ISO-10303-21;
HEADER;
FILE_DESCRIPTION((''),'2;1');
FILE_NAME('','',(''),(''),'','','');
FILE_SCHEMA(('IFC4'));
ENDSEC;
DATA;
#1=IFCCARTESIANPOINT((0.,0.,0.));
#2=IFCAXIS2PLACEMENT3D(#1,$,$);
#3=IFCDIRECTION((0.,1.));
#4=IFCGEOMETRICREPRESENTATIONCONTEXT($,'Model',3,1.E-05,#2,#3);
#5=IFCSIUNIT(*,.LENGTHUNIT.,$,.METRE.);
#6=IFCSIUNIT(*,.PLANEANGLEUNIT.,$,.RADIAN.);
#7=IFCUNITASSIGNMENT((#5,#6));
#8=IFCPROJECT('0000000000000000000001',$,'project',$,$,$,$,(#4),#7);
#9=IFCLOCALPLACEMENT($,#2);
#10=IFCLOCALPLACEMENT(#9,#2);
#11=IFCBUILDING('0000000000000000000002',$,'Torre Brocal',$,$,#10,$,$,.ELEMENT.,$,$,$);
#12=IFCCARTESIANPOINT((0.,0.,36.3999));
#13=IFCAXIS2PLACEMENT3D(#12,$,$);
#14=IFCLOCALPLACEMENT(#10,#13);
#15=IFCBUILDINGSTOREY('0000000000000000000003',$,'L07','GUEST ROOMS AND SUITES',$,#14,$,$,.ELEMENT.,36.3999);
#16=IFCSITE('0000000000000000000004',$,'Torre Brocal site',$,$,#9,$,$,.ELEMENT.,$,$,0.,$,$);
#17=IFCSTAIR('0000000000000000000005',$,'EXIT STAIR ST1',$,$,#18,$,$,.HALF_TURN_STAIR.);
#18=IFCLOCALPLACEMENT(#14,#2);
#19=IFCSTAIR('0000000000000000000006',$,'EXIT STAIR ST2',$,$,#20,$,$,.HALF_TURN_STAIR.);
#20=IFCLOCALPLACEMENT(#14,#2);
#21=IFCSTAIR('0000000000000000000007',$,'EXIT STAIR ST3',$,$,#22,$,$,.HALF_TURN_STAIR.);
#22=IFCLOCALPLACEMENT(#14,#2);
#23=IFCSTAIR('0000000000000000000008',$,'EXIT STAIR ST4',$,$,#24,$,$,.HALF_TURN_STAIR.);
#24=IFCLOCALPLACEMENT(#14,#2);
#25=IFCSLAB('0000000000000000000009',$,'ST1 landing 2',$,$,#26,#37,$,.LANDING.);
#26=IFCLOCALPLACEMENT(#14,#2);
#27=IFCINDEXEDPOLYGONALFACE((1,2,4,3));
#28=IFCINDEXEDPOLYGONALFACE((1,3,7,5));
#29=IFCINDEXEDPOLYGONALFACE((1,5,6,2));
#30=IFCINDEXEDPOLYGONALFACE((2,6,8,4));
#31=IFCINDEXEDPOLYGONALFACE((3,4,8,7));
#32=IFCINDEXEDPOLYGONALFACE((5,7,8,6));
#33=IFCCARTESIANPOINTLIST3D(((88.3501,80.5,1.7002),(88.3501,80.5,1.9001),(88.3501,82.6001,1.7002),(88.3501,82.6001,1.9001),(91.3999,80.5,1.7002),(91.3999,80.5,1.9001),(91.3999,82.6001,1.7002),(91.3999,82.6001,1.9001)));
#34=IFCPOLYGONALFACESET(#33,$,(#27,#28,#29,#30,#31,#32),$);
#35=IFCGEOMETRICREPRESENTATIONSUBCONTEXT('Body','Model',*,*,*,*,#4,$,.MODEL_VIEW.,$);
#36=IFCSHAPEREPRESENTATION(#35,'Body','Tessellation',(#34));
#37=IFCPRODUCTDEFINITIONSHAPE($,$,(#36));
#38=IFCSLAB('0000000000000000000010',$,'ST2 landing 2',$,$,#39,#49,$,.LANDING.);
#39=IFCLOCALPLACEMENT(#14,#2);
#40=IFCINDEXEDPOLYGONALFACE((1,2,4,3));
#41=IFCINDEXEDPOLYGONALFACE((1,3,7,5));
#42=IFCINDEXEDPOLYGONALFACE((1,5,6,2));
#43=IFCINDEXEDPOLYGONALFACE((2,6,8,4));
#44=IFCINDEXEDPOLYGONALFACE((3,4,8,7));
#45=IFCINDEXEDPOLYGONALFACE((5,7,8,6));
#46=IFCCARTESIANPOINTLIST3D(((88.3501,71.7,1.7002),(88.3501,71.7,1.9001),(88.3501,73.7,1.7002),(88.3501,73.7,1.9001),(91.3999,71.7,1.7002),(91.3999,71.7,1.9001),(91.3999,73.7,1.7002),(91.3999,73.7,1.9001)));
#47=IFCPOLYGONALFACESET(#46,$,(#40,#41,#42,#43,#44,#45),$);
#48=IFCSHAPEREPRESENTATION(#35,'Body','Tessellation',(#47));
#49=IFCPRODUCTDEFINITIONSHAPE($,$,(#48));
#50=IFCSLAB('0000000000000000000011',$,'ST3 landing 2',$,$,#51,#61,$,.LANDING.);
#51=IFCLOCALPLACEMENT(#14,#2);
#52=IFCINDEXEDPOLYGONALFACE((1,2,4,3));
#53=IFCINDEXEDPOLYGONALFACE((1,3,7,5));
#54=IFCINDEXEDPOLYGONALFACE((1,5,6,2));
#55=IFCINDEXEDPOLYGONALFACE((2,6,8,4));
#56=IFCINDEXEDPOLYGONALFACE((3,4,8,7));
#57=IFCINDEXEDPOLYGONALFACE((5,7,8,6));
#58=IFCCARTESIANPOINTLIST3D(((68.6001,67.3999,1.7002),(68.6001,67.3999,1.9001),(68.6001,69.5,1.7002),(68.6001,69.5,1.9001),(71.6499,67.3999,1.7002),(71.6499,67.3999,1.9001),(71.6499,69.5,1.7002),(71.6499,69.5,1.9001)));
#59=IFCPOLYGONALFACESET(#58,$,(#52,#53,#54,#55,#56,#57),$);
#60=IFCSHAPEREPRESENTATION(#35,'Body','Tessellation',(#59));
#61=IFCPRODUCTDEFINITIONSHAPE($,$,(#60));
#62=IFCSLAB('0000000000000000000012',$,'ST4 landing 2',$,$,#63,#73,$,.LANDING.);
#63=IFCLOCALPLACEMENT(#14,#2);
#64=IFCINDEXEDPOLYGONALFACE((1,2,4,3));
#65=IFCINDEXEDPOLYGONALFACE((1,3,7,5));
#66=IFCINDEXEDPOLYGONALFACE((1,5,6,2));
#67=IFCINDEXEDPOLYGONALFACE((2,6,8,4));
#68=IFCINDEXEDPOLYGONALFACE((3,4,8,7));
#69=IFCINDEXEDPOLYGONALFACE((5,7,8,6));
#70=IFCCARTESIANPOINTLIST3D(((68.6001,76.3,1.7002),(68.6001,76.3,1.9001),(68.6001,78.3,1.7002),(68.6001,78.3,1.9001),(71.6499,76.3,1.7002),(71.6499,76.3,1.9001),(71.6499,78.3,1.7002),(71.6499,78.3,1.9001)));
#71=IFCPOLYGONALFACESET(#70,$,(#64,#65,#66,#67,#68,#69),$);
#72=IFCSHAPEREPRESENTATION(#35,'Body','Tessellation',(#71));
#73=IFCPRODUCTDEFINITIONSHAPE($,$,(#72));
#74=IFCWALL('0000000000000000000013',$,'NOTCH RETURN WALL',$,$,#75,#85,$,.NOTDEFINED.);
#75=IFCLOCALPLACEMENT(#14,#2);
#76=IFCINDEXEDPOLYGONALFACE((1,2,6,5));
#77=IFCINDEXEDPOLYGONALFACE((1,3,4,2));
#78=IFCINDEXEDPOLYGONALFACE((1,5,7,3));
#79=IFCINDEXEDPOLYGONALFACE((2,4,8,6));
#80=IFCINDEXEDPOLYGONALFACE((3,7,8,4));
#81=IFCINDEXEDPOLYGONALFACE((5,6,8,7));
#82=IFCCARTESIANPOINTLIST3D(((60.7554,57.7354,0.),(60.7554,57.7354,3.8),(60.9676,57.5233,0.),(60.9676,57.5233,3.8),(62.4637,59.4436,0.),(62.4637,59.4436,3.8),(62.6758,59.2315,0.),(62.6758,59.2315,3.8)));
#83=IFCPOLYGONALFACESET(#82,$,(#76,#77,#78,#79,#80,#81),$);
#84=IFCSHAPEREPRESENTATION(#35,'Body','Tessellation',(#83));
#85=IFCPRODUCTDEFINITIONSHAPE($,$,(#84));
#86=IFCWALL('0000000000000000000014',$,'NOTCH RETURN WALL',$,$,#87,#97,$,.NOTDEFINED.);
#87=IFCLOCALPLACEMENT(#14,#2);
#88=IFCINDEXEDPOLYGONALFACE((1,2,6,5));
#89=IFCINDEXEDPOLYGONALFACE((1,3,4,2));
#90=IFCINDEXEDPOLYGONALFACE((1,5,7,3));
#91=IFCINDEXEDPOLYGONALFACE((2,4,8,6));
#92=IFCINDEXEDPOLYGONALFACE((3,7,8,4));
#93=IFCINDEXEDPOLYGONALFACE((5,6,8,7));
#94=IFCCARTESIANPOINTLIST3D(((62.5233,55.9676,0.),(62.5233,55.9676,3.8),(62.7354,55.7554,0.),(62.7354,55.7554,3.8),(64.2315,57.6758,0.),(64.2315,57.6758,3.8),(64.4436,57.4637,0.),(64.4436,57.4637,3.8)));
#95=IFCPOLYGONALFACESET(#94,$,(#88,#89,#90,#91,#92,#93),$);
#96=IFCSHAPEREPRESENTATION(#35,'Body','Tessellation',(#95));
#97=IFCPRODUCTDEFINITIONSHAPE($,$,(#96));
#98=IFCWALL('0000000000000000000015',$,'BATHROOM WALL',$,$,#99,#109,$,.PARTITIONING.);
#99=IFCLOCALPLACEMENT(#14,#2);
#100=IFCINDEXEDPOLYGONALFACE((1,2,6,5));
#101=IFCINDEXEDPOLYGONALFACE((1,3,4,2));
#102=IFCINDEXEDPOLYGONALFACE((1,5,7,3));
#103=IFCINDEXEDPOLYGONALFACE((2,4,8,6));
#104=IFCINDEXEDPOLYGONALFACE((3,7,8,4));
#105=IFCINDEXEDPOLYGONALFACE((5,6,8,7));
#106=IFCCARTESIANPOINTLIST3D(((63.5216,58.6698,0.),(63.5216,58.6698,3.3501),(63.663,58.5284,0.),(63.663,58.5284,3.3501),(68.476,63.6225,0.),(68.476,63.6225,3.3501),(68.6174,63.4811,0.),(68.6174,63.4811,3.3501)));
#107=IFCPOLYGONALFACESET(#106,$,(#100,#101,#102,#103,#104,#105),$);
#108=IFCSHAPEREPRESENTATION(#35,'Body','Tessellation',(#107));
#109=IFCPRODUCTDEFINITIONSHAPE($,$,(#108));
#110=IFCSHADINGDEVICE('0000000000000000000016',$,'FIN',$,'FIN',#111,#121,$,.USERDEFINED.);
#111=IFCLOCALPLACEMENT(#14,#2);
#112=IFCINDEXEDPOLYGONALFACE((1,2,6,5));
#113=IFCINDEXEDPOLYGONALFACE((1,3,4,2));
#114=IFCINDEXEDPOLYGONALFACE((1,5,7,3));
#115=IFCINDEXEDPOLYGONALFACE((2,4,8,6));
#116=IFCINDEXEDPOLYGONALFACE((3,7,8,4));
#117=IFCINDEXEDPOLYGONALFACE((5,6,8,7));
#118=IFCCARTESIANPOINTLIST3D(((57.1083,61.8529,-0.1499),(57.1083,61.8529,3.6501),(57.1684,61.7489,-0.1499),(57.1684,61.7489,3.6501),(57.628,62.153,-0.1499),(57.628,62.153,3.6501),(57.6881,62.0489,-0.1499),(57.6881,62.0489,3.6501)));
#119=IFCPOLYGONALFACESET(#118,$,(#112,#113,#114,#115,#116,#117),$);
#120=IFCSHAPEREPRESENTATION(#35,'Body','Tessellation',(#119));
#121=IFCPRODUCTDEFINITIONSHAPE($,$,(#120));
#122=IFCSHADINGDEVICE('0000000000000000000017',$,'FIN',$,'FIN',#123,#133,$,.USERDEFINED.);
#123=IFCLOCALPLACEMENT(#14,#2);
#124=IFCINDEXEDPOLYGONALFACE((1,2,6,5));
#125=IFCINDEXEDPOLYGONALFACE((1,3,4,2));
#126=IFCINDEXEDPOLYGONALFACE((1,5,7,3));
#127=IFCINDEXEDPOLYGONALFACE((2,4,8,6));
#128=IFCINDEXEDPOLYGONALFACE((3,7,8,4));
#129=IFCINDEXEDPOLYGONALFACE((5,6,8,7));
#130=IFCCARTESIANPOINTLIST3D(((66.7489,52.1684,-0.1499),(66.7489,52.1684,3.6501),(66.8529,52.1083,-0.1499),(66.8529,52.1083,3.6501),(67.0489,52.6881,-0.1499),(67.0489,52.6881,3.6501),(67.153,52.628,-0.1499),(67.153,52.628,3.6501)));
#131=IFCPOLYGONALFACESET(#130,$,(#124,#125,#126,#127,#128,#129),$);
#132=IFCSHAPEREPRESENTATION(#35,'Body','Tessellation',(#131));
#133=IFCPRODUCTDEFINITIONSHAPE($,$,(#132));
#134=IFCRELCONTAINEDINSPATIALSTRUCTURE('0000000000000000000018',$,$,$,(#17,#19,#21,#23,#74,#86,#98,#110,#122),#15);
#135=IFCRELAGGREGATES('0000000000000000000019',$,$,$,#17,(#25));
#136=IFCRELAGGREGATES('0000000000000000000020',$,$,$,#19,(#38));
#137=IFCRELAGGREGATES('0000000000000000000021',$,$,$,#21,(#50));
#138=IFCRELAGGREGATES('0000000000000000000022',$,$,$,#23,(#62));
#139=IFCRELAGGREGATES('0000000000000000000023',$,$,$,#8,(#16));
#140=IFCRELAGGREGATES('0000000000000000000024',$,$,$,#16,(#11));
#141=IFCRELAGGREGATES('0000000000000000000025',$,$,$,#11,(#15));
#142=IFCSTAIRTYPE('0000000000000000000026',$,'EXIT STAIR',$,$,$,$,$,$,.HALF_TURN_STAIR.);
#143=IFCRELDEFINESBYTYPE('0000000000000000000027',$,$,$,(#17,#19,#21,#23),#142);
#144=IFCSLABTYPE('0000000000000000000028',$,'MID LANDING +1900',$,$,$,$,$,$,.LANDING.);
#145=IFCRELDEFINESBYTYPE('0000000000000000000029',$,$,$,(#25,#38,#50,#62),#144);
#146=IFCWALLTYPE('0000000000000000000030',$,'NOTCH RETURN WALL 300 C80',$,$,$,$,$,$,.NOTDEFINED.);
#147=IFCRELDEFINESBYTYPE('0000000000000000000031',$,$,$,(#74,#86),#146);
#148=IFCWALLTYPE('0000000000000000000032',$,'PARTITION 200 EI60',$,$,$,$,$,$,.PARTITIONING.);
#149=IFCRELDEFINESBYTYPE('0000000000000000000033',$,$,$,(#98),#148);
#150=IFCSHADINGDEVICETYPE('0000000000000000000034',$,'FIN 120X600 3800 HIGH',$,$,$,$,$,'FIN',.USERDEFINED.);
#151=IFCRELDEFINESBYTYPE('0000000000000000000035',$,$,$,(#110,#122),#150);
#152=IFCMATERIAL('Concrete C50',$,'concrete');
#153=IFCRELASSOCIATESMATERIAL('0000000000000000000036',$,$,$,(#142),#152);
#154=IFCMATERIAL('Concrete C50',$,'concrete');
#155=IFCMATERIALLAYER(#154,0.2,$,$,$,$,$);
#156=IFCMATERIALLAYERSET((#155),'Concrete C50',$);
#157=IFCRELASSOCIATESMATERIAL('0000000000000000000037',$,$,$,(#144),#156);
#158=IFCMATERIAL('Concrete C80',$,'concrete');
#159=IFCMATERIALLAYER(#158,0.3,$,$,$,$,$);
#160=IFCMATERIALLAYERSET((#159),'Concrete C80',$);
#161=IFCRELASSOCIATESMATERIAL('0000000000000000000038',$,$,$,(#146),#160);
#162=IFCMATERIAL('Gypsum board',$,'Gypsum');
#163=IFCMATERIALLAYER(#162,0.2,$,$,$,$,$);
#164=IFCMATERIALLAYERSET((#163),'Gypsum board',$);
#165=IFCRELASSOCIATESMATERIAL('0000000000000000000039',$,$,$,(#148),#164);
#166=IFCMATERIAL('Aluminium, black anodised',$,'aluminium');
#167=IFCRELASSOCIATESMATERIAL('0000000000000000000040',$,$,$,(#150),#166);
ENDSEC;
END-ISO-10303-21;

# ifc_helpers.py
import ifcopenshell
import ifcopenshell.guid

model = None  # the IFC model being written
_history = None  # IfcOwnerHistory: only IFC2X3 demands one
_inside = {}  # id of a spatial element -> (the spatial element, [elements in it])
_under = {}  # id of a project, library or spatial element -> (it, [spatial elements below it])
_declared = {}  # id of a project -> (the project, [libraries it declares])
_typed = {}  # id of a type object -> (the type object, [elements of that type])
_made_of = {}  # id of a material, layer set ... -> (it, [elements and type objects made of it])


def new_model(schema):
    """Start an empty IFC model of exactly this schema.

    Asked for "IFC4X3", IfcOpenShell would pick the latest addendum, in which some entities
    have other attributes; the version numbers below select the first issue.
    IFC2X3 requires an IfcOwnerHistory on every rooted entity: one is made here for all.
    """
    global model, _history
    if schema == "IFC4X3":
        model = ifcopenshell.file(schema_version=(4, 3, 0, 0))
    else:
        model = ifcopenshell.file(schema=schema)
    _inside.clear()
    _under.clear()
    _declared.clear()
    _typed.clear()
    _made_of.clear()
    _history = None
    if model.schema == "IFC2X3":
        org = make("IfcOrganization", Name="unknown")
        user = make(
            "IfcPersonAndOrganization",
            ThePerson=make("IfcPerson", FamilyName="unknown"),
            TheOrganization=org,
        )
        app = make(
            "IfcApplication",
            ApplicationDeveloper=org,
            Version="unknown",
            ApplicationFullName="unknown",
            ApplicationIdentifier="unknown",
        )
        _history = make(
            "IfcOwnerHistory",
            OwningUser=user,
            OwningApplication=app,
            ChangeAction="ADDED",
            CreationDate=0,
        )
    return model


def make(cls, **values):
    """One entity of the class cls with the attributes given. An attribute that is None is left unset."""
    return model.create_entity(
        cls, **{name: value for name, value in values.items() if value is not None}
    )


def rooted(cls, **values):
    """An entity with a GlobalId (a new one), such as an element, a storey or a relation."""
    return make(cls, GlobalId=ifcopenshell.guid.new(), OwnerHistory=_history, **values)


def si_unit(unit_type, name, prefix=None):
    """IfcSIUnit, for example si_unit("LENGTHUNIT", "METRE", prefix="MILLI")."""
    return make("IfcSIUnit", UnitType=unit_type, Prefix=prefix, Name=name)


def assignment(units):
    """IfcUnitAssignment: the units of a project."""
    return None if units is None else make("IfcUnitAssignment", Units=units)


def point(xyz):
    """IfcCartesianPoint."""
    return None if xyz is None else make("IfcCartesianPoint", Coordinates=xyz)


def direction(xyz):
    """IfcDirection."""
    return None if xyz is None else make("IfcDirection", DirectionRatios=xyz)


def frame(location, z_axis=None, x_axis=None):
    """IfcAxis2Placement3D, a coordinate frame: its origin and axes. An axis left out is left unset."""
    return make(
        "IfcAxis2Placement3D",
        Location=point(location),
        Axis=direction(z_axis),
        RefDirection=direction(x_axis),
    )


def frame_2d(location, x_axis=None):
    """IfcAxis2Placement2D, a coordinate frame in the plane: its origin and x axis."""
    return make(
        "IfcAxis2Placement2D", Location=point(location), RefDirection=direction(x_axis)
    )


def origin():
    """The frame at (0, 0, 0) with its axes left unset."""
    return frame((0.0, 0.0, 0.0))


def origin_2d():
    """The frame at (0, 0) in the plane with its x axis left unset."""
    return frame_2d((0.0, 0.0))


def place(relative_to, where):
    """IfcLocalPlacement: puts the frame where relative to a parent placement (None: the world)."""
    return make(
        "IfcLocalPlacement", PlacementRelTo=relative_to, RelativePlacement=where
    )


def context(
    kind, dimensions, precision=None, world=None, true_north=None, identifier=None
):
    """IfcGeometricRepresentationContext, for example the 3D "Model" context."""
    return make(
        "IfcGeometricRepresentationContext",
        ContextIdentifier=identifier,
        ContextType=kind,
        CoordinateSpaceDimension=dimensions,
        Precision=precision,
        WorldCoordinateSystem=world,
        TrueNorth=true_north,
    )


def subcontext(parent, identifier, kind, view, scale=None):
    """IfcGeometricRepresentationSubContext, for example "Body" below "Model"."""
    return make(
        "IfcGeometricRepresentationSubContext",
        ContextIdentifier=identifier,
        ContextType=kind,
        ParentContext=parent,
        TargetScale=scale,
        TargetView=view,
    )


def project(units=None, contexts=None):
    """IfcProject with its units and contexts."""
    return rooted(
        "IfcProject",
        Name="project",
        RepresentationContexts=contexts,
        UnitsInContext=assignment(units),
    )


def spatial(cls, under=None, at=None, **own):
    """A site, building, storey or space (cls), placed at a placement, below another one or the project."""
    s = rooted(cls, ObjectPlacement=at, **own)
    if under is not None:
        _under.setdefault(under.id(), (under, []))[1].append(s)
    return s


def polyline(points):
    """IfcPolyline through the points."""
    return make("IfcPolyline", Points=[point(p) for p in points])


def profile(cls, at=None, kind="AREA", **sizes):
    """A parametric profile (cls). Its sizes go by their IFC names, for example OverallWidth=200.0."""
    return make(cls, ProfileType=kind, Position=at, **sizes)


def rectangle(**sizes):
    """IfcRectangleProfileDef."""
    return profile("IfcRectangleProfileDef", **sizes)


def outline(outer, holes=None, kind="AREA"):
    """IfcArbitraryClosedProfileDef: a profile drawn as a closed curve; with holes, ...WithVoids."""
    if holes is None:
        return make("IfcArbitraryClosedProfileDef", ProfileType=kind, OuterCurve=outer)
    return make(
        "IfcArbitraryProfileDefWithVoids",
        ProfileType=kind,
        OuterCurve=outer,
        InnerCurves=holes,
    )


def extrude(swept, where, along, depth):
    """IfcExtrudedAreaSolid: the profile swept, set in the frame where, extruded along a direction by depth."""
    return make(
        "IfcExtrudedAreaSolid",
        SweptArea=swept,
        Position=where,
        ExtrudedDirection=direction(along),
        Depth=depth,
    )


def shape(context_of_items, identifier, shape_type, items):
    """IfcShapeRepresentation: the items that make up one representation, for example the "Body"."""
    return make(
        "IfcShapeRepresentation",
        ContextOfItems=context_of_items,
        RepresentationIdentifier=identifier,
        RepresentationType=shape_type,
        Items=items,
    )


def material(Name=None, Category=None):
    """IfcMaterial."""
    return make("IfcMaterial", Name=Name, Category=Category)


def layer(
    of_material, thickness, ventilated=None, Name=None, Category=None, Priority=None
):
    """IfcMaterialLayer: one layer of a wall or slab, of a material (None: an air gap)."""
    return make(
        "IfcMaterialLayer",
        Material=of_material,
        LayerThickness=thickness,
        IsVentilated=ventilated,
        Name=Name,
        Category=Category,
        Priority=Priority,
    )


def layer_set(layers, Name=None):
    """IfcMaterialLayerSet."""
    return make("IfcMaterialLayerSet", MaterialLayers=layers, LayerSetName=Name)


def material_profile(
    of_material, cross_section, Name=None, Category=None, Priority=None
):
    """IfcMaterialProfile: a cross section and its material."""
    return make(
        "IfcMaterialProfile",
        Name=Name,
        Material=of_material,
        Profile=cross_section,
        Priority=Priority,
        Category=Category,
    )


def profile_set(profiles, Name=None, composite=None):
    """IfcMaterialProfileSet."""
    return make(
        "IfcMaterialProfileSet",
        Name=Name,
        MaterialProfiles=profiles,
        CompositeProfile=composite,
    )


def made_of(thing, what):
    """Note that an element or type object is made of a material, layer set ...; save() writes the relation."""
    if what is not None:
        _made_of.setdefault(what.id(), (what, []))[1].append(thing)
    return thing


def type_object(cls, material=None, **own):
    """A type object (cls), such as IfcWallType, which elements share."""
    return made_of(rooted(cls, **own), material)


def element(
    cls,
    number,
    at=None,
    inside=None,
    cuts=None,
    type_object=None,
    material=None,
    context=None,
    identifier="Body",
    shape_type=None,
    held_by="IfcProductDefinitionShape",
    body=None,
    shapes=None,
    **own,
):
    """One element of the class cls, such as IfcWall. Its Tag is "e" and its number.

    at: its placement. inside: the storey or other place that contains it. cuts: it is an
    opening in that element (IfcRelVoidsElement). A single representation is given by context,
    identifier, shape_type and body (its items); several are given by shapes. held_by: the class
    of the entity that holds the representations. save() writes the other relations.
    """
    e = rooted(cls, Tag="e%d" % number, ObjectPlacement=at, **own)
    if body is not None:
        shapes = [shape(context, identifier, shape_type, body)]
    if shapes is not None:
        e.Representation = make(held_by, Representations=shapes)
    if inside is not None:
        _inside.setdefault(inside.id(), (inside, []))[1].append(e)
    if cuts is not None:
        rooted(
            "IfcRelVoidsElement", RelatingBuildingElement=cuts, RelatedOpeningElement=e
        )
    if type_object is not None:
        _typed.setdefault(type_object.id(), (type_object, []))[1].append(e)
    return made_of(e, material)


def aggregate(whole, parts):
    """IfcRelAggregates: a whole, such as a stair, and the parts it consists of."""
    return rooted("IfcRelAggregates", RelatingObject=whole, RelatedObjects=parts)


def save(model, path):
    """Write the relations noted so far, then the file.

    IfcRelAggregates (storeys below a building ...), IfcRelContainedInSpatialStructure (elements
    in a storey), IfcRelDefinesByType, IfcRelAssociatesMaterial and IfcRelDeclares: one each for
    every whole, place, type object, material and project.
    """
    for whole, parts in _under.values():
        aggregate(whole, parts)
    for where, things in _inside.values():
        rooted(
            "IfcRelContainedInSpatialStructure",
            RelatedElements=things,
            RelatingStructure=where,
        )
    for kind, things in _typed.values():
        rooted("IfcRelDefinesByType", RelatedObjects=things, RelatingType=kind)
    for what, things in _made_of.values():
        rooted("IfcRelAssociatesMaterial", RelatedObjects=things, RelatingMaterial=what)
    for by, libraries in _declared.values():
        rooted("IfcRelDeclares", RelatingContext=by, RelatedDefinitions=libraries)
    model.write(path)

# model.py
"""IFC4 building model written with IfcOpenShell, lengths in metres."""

from ifc_helpers import new_model, si_unit, direction, frame, frame_2d, origin, origin_2d, place, context, subcontext, project, spatial, polyline, rectangle, outline, extrude, material, layer, layer_set, material_profile, profile_set, type_object, element, aggregate, save


model = new_model("IFC4")

# Units and contexts
model_context = context("Model", 3, precision=1e-05, world=origin(), true_north=direction((0.0, 1.0)))
body_context = subcontext(model_context, "Body", "Model", "MODEL_VIEW")
ifc_project = project(units=[si_unit("LENGTHUNIT", "METRE"), si_unit("PLANEANGLEUNIT", "RADIAN")], contexts=[model_context])

# Site, building, storey
site_placement = place(None, origin())
site = spatial("IfcSite", under=ifc_project, at=site_placement, Name="Torre Brocal site", CompositionType="ELEMENT", RefElevation=0.0)
building_placement = place(site_placement, origin())
building = spatial("IfcBuilding", under=site, at=building_placement, Name="Torre Brocal", CompositionType="ELEMENT")
storey_placement = place(building_placement, frame((0.0, 0.0, 36.3999)))
storey = spatial("IfcBuildingStorey", under=building, at=storey_placement, Name="L07", Description="GUEST ROOMS AND SUITES", CompositionType="ELEMENT", Elevation=36.3999)

# Stairs
ifc_material_1 = material(Name="Concrete C50", Category="concrete")
stair_type = type_object("IfcStairType", Name="EXIT STAIR", PredefinedType="HALF_TURN_STAIR", material=ifc_material_1)
stair_1_placement = place(storey_placement, origin())
stair_1 = element("IfcStair", 1, at=stair_1_placement, inside=storey, type_object=stair_type, Name="EXIT STAIR ST1", PredefinedType="HALF_TURN_STAIR")
stair_2_placement = place(storey_placement, origin())
stair_2 = element("IfcStair", 2, at=stair_2_placement, inside=storey, type_object=stair_type, Name="EXIT STAIR ST2", PredefinedType="HALF_TURN_STAIR")
stair_3_placement = place(storey_placement, origin())
stair_3 = element("IfcStair", 3, at=stair_3_placement, inside=storey, type_object=stair_type, Name="EXIT STAIR ST3", PredefinedType="HALF_TURN_STAIR")
stair_4_placement = place(storey_placement, origin())
stair_4 = element("IfcStair", 4, at=stair_4_placement, inside=storey, type_object=stair_type, Name="EXIT STAIR ST4", PredefinedType="HALF_TURN_STAIR")

# Slabs
ifc_material_2 = material(Name="Concrete C50", Category="concrete")
ifc_layer_1 = layer(ifc_material_2, 0.2)
ifc_layer_set_1 = layer_set([ifc_layer_1], Name="Concrete C50")
slab_type_1 = type_object("IfcSlabType", Name="MID LANDING +1900", PredefinedType="LANDING", material=ifc_layer_set_1)
slab_1_placement = place(storey_placement, frame((0.0, 0.0, 1.7002)))
slab_1 = element("IfcSlab", 5, at=slab_1_placement, type_object=slab_type_1, Name="ST1 landing 2", PredefinedType="LANDING", context=body_context, shape_type="SweptSolid", body=[
    extrude(outline(polyline([(88.3501, 80.5), (91.3999, 80.5), (91.3999, 82.6001), (88.3501, 82.6001), (88.3501, 80.5)])), origin(), (0.0, 0.0, 1.0), 0.2),
])
aggregate(stair_1, [slab_1])
slab_2_placement = place(storey_placement, frame((0.0, 0.0, 1.7002)))
slab_2 = element("IfcSlab", 6, at=slab_2_placement, type_object=slab_type_1, Name="ST2 landing 2", PredefinedType="LANDING", context=body_context, shape_type="SweptSolid", body=[
    extrude(outline(polyline([(88.3501, 71.7), (91.3999, 71.7), (91.3999, 73.7), (88.3501, 73.7), (88.3501, 71.7)])), origin(), (0.0, 0.0, 1.0), 0.2),
])
aggregate(stair_2, [slab_2])
slab_3_placement = place(storey_placement, frame((0.0, 0.0, 1.7002)))
slab_3 = element("IfcSlab", 7, at=slab_3_placement, type_object=slab_type_1, Name="ST3 landing 2", PredefinedType="LANDING", context=body_context, shape_type="SweptSolid", body=[
    extrude(outline(polyline([(71.6499, 69.5), (68.6001, 69.5), (68.6001, 67.3999), (71.6499, 67.3999), (71.6499, 69.5)])), origin(), (0.0, 0.0, 1.0), 0.2),
])
aggregate(stair_3, [slab_3])
slab_4_placement = place(storey_placement, frame((0.0, 0.0, 1.7002)))
slab_4 = element("IfcSlab", 8, at=slab_4_placement, type_object=slab_type_1, Name="ST4 landing 2", PredefinedType="LANDING", context=body_context, shape_type="SweptSolid", body=[
    extrude(outline(polyline([(71.6499, 78.3), (68.6001, 78.3), (68.6001, 76.3), (71.6499, 76.3), (71.6499, 78.3)])), origin(), (0.0, 0.0, 1.0), 0.2),
])
aggregate(stair_4, [slab_4])

# Walls
ifc_material_3 = material(Name="Concrete C80", Category="concrete")
ifc_layer_2 = layer(ifc_material_3, 0.3)
ifc_layer_set_2 = layer_set([ifc_layer_2], Name="Concrete C80")
wall_type_1 = type_object("IfcWallType", Name="NOTCH RETURN WALL 300 C80", PredefinedType="NOTDEFINED", material=ifc_layer_set_2)
for number, where, z_axis, x_axis, name in (
    (9, (62.5698, 59.3376, 0.0), (0.0, 0.0, 1.0), (-0.707107, -0.707107, 0.0), "NOTCH RETURN WALL"),
    (10, (64.3376, 57.5698, 0.0), (0.0, 0.0, 1.0), (-0.707107, -0.707107, 0.0), "NOTCH RETURN WALL"),
):
    element("IfcWall", number, at=place(storey_placement, frame(where, z_axis=z_axis, x_axis=x_axis)), inside=storey, type_object=wall_type_1, Name=name, PredefinedType="NOTDEFINED", context=body_context, shape_type="SweptSolid", body=[
        extrude(rectangle(XDim=2.4158, YDim=0.3, at=frame_2d((1.208, 0.0))), origin(), (0.0, 0.0, 1.0), 3.8),
    ])
ifc_material_4 = material(Name="Gypsum board", Category="Gypsum")
ifc_layer_3 = layer(ifc_material_4, 0.2)
ifc_layer_set_3 = layer_set([ifc_layer_3], Name="Gypsum board")
wall_type_2 = type_object("IfcWallType", Name="PARTITION 200 EI60", PredefinedType="PARTITIONING", material=ifc_layer_set_3)
wall_placement = place(storey_placement, frame((63.5923, 58.5991, 0.0), z_axis=(0.0, 0.0, 1.0), x_axis=(0.707229, 0.706985, 0.0)))
element("IfcWall", 11, at=wall_placement, inside=storey, type_object=wall_type_2, Name="BATHROOM WALL", PredefinedType="PARTITIONING", context=body_context, shape_type="SweptSolid", body=[
    extrude(rectangle(XDim=7.0054, YDim=0.2, at=frame_2d((3.5027, 0.0))), origin(), (0.0, 0.0, 1.0), 3.3501),
])

# Shading devices
ifc_material_5 = material(Name="Aluminium, black anodised", Category="aluminium")
ifc_material_profile_1 = material_profile(ifc_material_5, rectangle(XDim=0.1201, YDim=0.6001, at=origin_2d()), Name="FIN 120X600 3800 HIGH")
ifc_profile_set_1 = profile_set([ifc_material_profile_1], Name="Aluminium, black anodised")
shading_device_type = type_object("IfcShadingDeviceType", Name="FIN 120X600 3800 HIGH", ElementType="FIN", PredefinedType="USERDEFINED", material=ifc_profile_set_1)
for number, where, z_axis, x_axis, name in (
    (12, (57.3982, 61.9509, -0.1499), (0.0, 0.0, 1.0), (0.5, -0.866025, 0.0), "FIN"),
    (13, (66.9509, 52.3982, -0.1499), (0.0, 0.0, 1.0), (0.866025, -0.5, 0.0), "FIN"),
):
    element("IfcShadingDevice", number, at=place(storey_placement, frame(where, z_axis=z_axis, x_axis=x_axis)), inside=storey, type_object=shading_device_type, Name=name, ObjectType="FIN", PredefinedType="USERDEFINED", context=body_context, shape_type="SweptSolid", body=[
        extrude(rectangle(XDim=0.1201, YDim=0.6001, at=origin_2d()), origin(), (0.0, 0.0, 1.0), 3.8),
    ])

save(model, "model.ifc")
